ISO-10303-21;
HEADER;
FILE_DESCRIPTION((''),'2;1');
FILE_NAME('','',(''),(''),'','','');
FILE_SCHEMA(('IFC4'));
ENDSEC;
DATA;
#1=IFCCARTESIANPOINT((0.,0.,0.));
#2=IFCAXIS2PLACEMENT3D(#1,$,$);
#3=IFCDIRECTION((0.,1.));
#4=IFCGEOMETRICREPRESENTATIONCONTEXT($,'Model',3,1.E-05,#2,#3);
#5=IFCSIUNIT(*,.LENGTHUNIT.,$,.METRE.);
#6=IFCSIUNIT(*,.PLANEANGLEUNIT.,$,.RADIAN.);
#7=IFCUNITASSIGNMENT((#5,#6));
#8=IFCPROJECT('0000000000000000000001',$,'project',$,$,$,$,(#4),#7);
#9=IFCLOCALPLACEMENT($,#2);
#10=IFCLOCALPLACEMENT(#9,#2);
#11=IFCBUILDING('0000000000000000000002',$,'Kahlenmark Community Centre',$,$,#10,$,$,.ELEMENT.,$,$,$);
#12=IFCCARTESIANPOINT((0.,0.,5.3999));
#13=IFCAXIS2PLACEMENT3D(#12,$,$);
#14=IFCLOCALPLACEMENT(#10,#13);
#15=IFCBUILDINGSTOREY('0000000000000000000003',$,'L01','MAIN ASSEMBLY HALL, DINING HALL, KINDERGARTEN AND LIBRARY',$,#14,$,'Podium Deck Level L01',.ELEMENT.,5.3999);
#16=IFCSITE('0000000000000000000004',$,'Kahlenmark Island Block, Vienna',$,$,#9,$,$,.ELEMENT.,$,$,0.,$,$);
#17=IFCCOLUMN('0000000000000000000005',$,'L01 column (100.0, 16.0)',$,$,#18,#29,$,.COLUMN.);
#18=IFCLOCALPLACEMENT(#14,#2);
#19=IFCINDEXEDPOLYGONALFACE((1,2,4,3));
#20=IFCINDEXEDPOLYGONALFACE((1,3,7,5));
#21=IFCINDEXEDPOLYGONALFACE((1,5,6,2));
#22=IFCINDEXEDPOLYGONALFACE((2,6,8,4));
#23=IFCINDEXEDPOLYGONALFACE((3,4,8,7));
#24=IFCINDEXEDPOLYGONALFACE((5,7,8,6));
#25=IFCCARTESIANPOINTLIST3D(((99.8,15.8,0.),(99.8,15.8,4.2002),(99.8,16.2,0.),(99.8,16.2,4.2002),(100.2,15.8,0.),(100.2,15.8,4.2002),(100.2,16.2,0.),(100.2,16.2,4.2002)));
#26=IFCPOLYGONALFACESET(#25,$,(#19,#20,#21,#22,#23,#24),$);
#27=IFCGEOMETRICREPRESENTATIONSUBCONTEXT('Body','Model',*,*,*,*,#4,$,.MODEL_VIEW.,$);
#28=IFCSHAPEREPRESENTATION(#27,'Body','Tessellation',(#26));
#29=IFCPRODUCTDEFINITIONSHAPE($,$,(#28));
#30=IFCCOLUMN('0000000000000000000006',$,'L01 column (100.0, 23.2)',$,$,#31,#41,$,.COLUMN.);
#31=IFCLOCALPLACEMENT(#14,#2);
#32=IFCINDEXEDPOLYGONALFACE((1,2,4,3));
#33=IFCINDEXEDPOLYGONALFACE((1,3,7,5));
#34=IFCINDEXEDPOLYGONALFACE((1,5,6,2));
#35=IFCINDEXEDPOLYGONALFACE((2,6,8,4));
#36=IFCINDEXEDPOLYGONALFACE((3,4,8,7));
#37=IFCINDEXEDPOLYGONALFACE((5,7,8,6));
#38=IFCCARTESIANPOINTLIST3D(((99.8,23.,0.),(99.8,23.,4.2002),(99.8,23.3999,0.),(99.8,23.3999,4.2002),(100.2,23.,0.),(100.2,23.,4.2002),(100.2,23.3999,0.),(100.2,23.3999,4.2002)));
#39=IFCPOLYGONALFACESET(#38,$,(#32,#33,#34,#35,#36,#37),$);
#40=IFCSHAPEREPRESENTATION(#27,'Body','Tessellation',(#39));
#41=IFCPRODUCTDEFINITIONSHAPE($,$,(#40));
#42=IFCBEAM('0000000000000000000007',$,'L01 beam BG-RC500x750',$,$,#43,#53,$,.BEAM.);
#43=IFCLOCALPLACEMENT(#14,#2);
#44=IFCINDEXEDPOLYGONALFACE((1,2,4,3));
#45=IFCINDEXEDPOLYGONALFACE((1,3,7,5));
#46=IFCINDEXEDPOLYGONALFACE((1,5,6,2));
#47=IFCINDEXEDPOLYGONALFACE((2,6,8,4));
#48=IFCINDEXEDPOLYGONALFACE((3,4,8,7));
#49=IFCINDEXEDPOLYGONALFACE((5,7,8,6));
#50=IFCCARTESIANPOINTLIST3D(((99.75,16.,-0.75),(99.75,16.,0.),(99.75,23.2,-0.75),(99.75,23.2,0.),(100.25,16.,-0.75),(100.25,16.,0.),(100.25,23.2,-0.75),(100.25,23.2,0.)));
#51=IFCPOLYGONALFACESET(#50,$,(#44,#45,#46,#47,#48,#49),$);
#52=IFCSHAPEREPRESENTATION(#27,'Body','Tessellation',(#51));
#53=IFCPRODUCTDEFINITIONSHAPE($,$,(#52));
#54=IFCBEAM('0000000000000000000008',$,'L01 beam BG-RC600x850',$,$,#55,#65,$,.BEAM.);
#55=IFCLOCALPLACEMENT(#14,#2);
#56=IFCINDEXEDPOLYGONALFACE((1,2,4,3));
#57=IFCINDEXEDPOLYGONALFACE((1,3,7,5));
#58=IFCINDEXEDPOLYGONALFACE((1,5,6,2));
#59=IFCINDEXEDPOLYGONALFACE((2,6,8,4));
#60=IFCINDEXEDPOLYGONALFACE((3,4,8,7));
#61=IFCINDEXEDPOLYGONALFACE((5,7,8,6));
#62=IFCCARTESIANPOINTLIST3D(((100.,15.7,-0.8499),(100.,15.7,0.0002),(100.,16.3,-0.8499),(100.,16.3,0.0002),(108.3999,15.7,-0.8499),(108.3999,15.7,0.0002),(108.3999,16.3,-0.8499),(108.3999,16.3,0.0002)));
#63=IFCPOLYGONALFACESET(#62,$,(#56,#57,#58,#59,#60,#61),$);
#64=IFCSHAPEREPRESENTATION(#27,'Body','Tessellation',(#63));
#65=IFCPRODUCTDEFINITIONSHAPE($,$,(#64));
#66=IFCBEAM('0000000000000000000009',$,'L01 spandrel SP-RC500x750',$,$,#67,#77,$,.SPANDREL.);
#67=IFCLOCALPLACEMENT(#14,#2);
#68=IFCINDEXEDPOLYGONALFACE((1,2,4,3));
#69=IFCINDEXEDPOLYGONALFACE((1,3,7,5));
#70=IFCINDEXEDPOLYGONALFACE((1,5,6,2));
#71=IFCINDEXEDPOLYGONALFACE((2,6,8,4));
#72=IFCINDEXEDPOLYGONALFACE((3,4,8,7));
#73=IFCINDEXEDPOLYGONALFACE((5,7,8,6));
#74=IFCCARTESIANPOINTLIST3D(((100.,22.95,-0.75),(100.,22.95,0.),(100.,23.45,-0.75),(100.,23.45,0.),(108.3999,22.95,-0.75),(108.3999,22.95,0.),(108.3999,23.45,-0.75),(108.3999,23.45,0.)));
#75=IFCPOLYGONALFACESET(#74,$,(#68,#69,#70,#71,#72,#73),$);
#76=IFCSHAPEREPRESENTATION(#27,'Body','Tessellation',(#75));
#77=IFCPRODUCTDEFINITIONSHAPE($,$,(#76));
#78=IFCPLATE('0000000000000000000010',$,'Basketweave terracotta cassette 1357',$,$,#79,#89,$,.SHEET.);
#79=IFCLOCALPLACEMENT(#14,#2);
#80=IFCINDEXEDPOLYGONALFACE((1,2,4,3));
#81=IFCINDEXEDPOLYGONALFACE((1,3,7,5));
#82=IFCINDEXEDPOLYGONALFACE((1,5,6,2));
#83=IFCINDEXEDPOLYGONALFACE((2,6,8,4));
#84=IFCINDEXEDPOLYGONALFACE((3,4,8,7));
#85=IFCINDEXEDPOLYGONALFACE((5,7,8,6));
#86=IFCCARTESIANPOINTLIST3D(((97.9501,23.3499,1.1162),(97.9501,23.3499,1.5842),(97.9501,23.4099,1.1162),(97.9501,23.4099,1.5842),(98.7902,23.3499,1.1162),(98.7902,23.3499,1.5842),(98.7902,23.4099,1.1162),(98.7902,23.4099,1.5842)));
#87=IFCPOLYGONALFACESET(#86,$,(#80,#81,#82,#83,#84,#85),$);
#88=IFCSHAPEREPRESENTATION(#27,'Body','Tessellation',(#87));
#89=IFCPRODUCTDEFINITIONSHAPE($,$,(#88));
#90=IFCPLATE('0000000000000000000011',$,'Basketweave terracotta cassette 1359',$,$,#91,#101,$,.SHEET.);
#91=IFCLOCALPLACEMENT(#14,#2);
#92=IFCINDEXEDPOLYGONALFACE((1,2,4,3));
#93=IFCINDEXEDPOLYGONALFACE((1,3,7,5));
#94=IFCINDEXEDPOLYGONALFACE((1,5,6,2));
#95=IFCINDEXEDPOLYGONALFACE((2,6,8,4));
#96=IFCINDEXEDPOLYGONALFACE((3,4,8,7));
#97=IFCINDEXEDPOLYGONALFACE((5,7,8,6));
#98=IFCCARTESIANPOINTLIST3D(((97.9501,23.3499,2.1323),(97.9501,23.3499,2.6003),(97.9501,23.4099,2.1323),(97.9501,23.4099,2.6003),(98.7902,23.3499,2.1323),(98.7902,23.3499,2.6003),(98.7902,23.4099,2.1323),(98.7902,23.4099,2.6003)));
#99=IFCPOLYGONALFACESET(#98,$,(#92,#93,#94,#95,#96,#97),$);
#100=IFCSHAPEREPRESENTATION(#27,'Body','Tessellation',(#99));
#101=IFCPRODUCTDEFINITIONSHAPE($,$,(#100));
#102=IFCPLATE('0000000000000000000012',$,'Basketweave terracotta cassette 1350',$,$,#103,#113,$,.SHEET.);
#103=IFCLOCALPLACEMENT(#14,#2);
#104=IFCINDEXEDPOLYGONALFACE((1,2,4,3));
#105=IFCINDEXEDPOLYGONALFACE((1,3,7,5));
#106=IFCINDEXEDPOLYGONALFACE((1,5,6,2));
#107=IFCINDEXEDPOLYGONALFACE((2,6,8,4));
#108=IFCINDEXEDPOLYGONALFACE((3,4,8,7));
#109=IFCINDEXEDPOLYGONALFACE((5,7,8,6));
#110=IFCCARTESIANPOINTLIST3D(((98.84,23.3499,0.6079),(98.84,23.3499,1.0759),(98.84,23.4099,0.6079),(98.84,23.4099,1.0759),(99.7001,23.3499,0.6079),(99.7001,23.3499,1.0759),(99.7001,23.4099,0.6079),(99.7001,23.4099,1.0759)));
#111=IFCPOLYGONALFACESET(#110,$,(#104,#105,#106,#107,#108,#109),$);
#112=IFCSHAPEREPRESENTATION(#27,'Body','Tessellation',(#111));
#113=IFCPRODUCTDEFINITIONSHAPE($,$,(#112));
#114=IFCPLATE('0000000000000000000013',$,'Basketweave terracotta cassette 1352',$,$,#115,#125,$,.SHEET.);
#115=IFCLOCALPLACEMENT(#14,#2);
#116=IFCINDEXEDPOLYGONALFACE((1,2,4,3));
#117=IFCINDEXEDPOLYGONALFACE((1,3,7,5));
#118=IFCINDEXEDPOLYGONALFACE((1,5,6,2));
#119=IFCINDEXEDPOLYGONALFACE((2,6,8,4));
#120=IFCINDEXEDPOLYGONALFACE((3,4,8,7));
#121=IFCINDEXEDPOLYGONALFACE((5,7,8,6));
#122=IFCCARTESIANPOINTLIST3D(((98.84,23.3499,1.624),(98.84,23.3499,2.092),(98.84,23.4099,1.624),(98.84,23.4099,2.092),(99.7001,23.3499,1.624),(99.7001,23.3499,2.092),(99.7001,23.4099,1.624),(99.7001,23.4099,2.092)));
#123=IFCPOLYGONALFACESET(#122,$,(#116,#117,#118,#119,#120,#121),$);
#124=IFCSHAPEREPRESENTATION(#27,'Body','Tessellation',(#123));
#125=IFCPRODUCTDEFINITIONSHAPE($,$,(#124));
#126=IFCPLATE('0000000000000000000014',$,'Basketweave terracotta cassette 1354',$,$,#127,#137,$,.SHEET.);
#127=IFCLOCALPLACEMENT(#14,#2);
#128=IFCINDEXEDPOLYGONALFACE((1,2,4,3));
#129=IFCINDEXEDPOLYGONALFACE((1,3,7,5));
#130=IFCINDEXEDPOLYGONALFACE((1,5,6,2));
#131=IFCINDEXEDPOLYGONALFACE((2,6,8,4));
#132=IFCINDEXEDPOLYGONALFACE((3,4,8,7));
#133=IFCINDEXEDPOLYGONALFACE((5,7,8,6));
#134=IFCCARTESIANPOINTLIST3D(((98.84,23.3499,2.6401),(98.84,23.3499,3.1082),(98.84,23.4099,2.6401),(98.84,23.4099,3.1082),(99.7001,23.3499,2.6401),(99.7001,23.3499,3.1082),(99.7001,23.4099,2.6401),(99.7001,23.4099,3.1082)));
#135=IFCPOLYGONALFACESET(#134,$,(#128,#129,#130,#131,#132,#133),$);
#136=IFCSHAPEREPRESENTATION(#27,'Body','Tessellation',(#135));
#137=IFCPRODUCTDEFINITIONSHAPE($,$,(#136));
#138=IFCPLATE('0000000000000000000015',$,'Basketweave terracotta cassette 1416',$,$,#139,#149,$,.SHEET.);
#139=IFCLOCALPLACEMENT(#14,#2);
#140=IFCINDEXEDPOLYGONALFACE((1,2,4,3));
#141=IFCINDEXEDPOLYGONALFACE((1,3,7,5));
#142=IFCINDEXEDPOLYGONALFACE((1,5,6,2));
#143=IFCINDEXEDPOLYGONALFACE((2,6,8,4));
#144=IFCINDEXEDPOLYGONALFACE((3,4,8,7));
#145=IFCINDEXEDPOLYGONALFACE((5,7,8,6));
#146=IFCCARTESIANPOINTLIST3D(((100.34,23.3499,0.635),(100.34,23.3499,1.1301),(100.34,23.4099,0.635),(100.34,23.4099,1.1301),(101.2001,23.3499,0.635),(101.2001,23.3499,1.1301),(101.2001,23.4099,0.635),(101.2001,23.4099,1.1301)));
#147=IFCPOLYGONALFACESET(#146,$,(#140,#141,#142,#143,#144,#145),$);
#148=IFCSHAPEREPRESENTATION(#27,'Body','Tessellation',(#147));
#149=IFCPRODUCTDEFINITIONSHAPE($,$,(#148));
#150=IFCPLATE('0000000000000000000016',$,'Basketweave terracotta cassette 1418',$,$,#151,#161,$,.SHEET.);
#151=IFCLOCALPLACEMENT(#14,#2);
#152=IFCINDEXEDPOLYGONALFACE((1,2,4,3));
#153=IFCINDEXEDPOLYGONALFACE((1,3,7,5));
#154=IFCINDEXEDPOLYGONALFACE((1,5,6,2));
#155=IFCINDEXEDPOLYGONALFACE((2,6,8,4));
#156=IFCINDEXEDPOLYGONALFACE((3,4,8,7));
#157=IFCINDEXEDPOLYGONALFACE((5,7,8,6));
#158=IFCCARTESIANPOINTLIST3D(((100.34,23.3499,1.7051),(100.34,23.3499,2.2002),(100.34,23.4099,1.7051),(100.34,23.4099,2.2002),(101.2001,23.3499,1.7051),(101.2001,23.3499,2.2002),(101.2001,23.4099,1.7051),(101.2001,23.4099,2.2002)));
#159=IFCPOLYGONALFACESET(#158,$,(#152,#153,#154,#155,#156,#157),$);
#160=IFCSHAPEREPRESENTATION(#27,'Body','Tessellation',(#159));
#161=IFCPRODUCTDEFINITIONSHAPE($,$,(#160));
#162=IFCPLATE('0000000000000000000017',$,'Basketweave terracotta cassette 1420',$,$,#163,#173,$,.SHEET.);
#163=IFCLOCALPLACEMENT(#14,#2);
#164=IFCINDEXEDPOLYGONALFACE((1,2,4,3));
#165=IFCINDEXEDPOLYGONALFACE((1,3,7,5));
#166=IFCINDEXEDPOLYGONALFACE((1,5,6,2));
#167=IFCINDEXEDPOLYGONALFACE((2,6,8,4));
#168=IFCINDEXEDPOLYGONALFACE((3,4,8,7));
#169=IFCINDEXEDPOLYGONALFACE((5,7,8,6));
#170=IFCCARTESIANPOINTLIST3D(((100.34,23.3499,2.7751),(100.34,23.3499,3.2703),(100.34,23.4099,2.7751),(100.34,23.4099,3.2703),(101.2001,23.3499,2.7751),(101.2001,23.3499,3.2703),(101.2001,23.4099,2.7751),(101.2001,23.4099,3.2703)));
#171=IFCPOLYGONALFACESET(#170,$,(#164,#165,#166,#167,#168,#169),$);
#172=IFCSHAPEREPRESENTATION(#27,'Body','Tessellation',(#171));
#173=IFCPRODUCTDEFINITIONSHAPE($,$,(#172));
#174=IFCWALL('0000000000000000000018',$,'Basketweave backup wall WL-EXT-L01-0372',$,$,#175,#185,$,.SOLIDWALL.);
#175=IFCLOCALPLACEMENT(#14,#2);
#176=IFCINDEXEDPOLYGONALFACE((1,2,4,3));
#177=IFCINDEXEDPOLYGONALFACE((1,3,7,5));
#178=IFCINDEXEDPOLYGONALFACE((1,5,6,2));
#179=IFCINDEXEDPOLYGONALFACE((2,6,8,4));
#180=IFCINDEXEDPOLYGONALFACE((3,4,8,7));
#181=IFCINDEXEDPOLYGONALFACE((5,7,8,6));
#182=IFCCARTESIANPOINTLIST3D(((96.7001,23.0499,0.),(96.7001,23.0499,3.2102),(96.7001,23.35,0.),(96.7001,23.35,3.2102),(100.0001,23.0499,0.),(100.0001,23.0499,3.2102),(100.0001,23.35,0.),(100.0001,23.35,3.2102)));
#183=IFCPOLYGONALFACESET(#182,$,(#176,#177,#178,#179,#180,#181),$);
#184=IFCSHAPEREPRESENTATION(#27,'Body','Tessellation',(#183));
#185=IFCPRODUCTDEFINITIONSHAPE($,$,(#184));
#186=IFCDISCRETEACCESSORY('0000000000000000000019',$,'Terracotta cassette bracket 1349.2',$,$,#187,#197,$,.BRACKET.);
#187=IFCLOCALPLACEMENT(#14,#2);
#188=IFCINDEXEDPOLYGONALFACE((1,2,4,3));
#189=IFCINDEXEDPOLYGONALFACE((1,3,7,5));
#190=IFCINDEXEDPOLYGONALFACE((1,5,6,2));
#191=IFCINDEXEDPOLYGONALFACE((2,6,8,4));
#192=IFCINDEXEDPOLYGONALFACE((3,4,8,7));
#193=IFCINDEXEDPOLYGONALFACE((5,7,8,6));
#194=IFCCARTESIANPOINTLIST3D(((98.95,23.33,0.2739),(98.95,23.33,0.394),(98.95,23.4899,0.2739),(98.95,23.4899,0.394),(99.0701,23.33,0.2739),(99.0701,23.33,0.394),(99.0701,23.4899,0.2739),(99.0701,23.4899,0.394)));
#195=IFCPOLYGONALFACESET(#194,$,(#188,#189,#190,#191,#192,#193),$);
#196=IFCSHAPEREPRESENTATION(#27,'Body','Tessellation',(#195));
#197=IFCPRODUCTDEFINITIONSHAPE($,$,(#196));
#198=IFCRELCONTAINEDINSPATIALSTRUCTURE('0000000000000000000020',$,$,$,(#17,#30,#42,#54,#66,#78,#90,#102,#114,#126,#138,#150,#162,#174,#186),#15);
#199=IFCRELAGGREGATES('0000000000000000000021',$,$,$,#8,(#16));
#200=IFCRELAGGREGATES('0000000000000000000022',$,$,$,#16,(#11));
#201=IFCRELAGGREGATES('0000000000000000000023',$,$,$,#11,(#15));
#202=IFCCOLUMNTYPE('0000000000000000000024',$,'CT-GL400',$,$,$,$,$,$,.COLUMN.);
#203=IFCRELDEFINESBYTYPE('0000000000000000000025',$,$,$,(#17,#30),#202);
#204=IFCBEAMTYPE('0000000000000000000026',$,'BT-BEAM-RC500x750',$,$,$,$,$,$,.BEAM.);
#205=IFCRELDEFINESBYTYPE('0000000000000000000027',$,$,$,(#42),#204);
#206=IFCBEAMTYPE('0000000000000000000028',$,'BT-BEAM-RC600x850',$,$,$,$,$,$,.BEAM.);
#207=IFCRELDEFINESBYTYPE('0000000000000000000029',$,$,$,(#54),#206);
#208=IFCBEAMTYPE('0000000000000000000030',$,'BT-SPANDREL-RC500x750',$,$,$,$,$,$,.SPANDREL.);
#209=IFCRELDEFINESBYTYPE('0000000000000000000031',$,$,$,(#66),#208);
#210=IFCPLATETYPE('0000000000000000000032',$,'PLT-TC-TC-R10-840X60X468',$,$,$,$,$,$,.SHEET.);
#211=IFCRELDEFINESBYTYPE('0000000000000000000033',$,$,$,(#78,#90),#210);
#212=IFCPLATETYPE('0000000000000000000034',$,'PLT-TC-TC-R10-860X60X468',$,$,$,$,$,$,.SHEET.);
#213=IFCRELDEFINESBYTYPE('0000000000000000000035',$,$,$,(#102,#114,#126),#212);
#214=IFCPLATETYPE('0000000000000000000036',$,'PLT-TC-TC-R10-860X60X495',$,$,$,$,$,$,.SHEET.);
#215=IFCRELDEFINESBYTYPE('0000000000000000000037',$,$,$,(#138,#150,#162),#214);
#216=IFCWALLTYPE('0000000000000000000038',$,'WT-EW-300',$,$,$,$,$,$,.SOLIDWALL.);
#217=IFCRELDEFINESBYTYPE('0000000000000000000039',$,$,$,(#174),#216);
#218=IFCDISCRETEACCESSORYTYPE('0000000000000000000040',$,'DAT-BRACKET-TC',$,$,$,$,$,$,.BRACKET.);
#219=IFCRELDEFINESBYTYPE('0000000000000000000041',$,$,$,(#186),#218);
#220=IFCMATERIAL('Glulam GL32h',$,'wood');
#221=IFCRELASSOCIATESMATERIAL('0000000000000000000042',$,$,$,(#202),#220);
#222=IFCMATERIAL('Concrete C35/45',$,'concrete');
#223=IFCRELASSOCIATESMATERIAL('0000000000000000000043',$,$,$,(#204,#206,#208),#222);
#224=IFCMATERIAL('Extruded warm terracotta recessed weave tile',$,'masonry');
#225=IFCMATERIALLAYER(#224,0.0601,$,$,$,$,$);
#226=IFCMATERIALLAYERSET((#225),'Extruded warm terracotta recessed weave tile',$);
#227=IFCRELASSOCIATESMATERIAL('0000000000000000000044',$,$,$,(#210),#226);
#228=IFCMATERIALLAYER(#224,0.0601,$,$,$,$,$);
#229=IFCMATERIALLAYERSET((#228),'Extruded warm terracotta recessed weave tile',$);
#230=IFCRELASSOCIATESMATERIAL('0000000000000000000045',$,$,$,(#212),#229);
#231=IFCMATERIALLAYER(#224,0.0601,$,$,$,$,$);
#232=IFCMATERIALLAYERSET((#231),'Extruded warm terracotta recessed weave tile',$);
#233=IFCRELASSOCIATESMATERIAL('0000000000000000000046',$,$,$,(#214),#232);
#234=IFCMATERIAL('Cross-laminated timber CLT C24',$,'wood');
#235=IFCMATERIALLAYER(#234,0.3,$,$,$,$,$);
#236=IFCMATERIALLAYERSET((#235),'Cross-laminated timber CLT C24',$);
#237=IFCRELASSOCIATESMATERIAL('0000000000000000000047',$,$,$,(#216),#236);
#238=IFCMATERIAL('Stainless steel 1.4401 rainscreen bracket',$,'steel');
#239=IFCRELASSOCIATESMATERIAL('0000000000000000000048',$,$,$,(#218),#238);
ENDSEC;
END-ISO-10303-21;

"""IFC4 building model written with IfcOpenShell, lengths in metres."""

from ifc_helpers import new_model, si_unit, direction, frame, frame_2d, origin, origin_2d, place, context, subcontext, project, spatial, rectangle, extrude, material, layer, layer_set, material_profile, profile_set, type_object, element, save


model = new_model("IFC4")

# Units and contexts
model_context = context("Model", 3, precision=1e-05, world=origin(), true_north=direction((0.0, 1.0)))
body_context = subcontext(model_context, "Body", "Model", "MODEL_VIEW")
ifc_project = project(units=[si_unit("LENGTHUNIT", "METRE"), si_unit("PLANEANGLEUNIT", "RADIAN")], contexts=[model_context])

# Site, building, storey
site_placement = place(None, origin())
site = spatial("IfcSite", under=ifc_project, at=site_placement, Name="Kahlenmark Island Block, Vienna", CompositionType="ELEMENT", RefElevation=0.0)
building_placement = place(site_placement, origin())
building = spatial("IfcBuilding", under=site, at=building_placement, Name="Kahlenmark Community Centre", CompositionType="ELEMENT")
storey_placement = place(building_placement, frame((0.0, 0.0, 5.3999)))
storey = spatial("IfcBuildingStorey", under=building, at=storey_placement, Name="L01", Description="MAIN ASSEMBLY HALL, DINING HALL, KINDERGARTEN AND LIBRARY", LongName="Podium Deck Level L01", CompositionType="ELEMENT", Elevation=5.3999)

# Columns
ifc_material_1 = material(Name="Glulam GL32h", Category="wood")
ifc_material_profile_1 = material_profile(ifc_material_1, rectangle(XDim=0.3999, YDim=0.3999, at=origin_2d()), Name="GL32h 400x400")
ifc_profile_set_1 = profile_set([ifc_material_profile_1], Name="Glulam GL32h")
column_type = type_object("IfcColumnType", Name="CT-GL400", PredefinedType="COLUMN", material=ifc_profile_set_1)
for number, where, z_axis, x_axis, name in (
    (1, (100.0, 16.0, 0.0), (0.0, 0.0, 1.0), (1.0, 0.0, 0.0), "L01 column (100.0, 16.0)"),
    (2, (100.0, 23.2, 0.0), (0.0, 0.0, 1.0), (1.0, 0.0, 0.0), "L01 column (100.0, 23.2)"),
):
    element("IfcColumn", number, at=place(storey_placement, frame(where, z_axis=z_axis, x_axis=x_axis)), inside=storey, type_object=column_type, Name=name, PredefinedType="COLUMN", context=body_context, shape_type="SweptSolid", body=[
        extrude(rectangle(XDim=0.3999, YDim=0.3999, at=origin_2d()), origin(), (0.0, 0.0, 1.0), 4.2002),
    ])

# Beams
ifc_material_2 = material(Name="Concrete C35/45", Category="concrete")
ifc_material_profile_2 = material_profile(ifc_material_2, rectangle(XDim=0.5, YDim=0.75, at=origin_2d()), Name="RC 500x750")
ifc_profile_set_2 = profile_set([ifc_material_profile_2], Name="Concrete C35/45")
beam_type_1 = type_object("IfcBeamType", Name="BT-BEAM-RC500x750", PredefinedType="BEAM", material=ifc_profile_set_2)
beam_1_placement = place(storey_placement, frame((100.0, 16.0, -0.375), z_axis=(0.0, 1.0, 0.0), x_axis=(-1.0, 0.0, 0.0)))
element("IfcBeam", 3, at=beam_1_placement, inside=storey, type_object=beam_type_1, Name="L01 beam BG-RC500x750", PredefinedType="BEAM", context=body_context, shape_type="SweptSolid", body=[
    extrude(rectangle(XDim=0.5, YDim=0.75, at=origin_2d()), origin(), (0.0, 0.0, 1.0), 7.2),
])
ifc_material_profile_3 = material_profile(ifc_material_2, rectangle(XDim=0.6001, YDim=0.8501, at=origin_2d()), Name="RC 600x850")
ifc_profile_set_3 = profile_set([ifc_material_profile_3], Name="Concrete C35/45")
beam_type_2 = type_object("IfcBeamType", Name="BT-BEAM-RC600x850", PredefinedType="BEAM", material=ifc_profile_set_3)
beam_2_placement = place(storey_placement, frame((100.0, 16.0, -0.4248), z_axis=(1.0, 0.0, 0.0), x_axis=(0.0, 1.0, 0.0)))
element("IfcBeam", 4, at=beam_2_placement, inside=storey, type_object=beam_type_2, Name="L01 beam BG-RC600x850", PredefinedType="BEAM", context=body_context, shape_type="SweptSolid", body=[
    extrude(rectangle(XDim=0.6001, YDim=0.8501, at=origin_2d()), origin(), (0.0, 0.0, 1.0), 8.3999),
])
ifc_material_profile_4 = material_profile(ifc_material_2, rectangle(XDim=0.5, YDim=0.75, at=origin_2d()), Name="RC 500x750")
ifc_profile_set_4 = profile_set([ifc_material_profile_4], Name="Concrete C35/45")
beam_type_3 = type_object("IfcBeamType", Name="BT-SPANDREL-RC500x750", PredefinedType="SPANDREL", material=ifc_profile_set_4)
beam_3_placement = place(storey_placement, frame((100.0, 23.2, -0.375), z_axis=(1.0, 0.0, 0.0), x_axis=(0.0, 1.0, 0.0)))
element("IfcBeam", 5, at=beam_3_placement, inside=storey, type_object=beam_type_3, Name="L01 spandrel SP-RC500x750", PredefinedType="SPANDREL", context=body_context, shape_type="SweptSolid", body=[
    extrude(rectangle(XDim=0.5, YDim=0.75, at=origin_2d()), origin(), (0.0, 0.0, 1.0), 8.3999),
])

# Plates
ifc_material_3 = material(Name="Extruded warm terracotta recessed weave tile", Category="masonry")
ifc_layer_1 = layer(ifc_material_3, 0.0601)
ifc_layer_set_1 = layer_set([ifc_layer_1], Name="Extruded warm terracotta recessed weave tile")
plate_type_1 = type_object("IfcPlateType", Name="PLT-TC-TC-R10-840X60X468", PredefinedType="SHEET", material=ifc_layer_set_1)
for number, where, z_axis, x_axis, name in (
    (6, (98.3701, 23.3799, 1.1162), (0.0, 0.0, 1.0), (-1.0, 0.0, 0.0), "Basketweave terracotta cassette 1357"),
    (7, (98.3701, 23.3799, 2.1323), (0.0, 0.0, 1.0), (-1.0, 0.0, 0.0), "Basketweave terracotta cassette 1359"),
):
    element("IfcPlate", number, at=place(storey_placement, frame(where, z_axis=z_axis, x_axis=x_axis)), inside=storey, type_object=plate_type_1, Name=name, PredefinedType="SHEET", context=body_context, shape_type="SweptSolid", body=[
        extrude(rectangle(XDim=0.8401, YDim=0.0601, at=origin_2d()), origin(), (0.0, 0.0, 1.0), 0.468),
    ])
ifc_layer_2 = layer(ifc_material_3, 0.0601)
ifc_layer_set_2 = layer_set([ifc_layer_2], Name="Extruded warm terracotta recessed weave tile")
plate_type_2 = type_object("IfcPlateType", Name="PLT-TC-TC-R10-860X60X468", PredefinedType="SHEET", material=ifc_layer_set_2)
for number, where, z_axis, x_axis, name in (
    (8, (99.27, 23.3799, 0.6079), (0.0, 0.0, 1.0), (-1.0, 0.0, 0.0), "Basketweave terracotta cassette 1350"),
    (9, (99.27, 23.3799, 1.624), (0.0, 0.0, 1.0), (-1.0, 0.0, 0.0), "Basketweave terracotta cassette 1352"),
    (10, (99.27, 23.3799, 2.6401), (0.0, 0.0, 1.0), (-1.0, 0.0, 0.0), "Basketweave terracotta cassette 1354"),
):
    element("IfcPlate", number, at=place(storey_placement, frame(where, z_axis=z_axis, x_axis=x_axis)), inside=storey, type_object=plate_type_2, Name=name, PredefinedType="SHEET", context=body_context, shape_type="SweptSolid", body=[
        extrude(rectangle(XDim=0.8601, YDim=0.0601, at=origin_2d()), origin(), (0.0, 0.0, 1.0), 0.468),
    ])
ifc_layer_3 = layer(ifc_material_3, 0.0601)
ifc_layer_set_3 = layer_set([ifc_layer_3], Name="Extruded warm terracotta recessed weave tile")
plate_type_3 = type_object("IfcPlateType", Name="PLT-TC-TC-R10-860X60X495", PredefinedType="SHEET", material=ifc_layer_set_3)
for number, where, z_axis, x_axis, name in (
    (11, (100.77, 23.3799, 0.635), (0.0, 0.0, 1.0), (-1.0, 0.0, 0.0), "Basketweave terracotta cassette 1416"),
    (12, (100.77, 23.3799, 1.7051), (0.0, 0.0, 1.0), (-1.0, 0.0, 0.0), "Basketweave terracotta cassette 1418"),
    (13, (100.77, 23.3799, 2.7751), (0.0, 0.0, 1.0), (-1.0, 0.0, 0.0), "Basketweave terracotta cassette 1420"),
):
    element("IfcPlate", number, at=place(storey_placement, frame(where, z_axis=z_axis, x_axis=x_axis)), inside=storey, type_object=plate_type_3, Name=name, PredefinedType="SHEET", context=body_context, shape_type="SweptSolid", body=[
        extrude(rectangle(XDim=0.8601, YDim=0.0601, at=origin_2d()), origin(), (0.0, 0.0, 1.0), 0.4951),
    ])

# Wall
ifc_material_4 = material(Name="Cross-laminated timber CLT C24", Category="wood")
ifc_layer_4 = layer(ifc_material_4, 0.3)
ifc_layer_set_4 = layer_set([ifc_layer_4], Name="Cross-laminated timber CLT C24")
wall_type = type_object("IfcWallType", Name="WT-EW-300", PredefinedType="SOLIDWALL", material=ifc_layer_set_4)
wall_placement = place(storey_placement, frame((100.0, 23.2, 0.0), z_axis=(0.0, 0.0, 1.0), x_axis=(-1.0, 0.0, 0.0)))
element("IfcWall", 14, at=wall_placement, inside=storey, type_object=wall_type, Name="Basketweave backup wall WL-EXT-L01-0372", PredefinedType="SOLIDWALL", context=body_context, shape_type="SweptSolid", body=[
    extrude(rectangle(XDim=3.3, YDim=0.3, at=frame_2d((1.6499, 0.0))), origin(), (0.0, 0.0, 1.0), 3.2102),
])

# Discrete accessory
ifc_material_5 = material(Name="Stainless steel 1.4401 rainscreen bracket", Category="steel")
discrete_accessory_type = type_object("IfcDiscreteAccessoryType", Name="DAT-BRACKET-TC", PredefinedType="BRACKET", material=ifc_material_5)
for number, where, z_axis, x_axis, name in (
    (15, (99.01, 23.4099, 0.2739), (0.0, 0.0, 1.0), (-1.0, 0.0, 0.0), "Terracotta cassette bracket 1349.2"),
):
    element("IfcDiscreteAccessory", number, at=place(storey_placement, frame(where, z_axis=z_axis, x_axis=x_axis)), inside=storey, type_object=discrete_accessory_type, Name=name, PredefinedType="BRACKET", context=body_context, shape_type="SweptSolid", body=[
        extrude(rectangle(XDim=0.1201, YDim=0.1599, at=origin_2d()), origin(), (0.0, 0.0, 1.0), 0.1201),
    ])

save(model, "model.ifc")
